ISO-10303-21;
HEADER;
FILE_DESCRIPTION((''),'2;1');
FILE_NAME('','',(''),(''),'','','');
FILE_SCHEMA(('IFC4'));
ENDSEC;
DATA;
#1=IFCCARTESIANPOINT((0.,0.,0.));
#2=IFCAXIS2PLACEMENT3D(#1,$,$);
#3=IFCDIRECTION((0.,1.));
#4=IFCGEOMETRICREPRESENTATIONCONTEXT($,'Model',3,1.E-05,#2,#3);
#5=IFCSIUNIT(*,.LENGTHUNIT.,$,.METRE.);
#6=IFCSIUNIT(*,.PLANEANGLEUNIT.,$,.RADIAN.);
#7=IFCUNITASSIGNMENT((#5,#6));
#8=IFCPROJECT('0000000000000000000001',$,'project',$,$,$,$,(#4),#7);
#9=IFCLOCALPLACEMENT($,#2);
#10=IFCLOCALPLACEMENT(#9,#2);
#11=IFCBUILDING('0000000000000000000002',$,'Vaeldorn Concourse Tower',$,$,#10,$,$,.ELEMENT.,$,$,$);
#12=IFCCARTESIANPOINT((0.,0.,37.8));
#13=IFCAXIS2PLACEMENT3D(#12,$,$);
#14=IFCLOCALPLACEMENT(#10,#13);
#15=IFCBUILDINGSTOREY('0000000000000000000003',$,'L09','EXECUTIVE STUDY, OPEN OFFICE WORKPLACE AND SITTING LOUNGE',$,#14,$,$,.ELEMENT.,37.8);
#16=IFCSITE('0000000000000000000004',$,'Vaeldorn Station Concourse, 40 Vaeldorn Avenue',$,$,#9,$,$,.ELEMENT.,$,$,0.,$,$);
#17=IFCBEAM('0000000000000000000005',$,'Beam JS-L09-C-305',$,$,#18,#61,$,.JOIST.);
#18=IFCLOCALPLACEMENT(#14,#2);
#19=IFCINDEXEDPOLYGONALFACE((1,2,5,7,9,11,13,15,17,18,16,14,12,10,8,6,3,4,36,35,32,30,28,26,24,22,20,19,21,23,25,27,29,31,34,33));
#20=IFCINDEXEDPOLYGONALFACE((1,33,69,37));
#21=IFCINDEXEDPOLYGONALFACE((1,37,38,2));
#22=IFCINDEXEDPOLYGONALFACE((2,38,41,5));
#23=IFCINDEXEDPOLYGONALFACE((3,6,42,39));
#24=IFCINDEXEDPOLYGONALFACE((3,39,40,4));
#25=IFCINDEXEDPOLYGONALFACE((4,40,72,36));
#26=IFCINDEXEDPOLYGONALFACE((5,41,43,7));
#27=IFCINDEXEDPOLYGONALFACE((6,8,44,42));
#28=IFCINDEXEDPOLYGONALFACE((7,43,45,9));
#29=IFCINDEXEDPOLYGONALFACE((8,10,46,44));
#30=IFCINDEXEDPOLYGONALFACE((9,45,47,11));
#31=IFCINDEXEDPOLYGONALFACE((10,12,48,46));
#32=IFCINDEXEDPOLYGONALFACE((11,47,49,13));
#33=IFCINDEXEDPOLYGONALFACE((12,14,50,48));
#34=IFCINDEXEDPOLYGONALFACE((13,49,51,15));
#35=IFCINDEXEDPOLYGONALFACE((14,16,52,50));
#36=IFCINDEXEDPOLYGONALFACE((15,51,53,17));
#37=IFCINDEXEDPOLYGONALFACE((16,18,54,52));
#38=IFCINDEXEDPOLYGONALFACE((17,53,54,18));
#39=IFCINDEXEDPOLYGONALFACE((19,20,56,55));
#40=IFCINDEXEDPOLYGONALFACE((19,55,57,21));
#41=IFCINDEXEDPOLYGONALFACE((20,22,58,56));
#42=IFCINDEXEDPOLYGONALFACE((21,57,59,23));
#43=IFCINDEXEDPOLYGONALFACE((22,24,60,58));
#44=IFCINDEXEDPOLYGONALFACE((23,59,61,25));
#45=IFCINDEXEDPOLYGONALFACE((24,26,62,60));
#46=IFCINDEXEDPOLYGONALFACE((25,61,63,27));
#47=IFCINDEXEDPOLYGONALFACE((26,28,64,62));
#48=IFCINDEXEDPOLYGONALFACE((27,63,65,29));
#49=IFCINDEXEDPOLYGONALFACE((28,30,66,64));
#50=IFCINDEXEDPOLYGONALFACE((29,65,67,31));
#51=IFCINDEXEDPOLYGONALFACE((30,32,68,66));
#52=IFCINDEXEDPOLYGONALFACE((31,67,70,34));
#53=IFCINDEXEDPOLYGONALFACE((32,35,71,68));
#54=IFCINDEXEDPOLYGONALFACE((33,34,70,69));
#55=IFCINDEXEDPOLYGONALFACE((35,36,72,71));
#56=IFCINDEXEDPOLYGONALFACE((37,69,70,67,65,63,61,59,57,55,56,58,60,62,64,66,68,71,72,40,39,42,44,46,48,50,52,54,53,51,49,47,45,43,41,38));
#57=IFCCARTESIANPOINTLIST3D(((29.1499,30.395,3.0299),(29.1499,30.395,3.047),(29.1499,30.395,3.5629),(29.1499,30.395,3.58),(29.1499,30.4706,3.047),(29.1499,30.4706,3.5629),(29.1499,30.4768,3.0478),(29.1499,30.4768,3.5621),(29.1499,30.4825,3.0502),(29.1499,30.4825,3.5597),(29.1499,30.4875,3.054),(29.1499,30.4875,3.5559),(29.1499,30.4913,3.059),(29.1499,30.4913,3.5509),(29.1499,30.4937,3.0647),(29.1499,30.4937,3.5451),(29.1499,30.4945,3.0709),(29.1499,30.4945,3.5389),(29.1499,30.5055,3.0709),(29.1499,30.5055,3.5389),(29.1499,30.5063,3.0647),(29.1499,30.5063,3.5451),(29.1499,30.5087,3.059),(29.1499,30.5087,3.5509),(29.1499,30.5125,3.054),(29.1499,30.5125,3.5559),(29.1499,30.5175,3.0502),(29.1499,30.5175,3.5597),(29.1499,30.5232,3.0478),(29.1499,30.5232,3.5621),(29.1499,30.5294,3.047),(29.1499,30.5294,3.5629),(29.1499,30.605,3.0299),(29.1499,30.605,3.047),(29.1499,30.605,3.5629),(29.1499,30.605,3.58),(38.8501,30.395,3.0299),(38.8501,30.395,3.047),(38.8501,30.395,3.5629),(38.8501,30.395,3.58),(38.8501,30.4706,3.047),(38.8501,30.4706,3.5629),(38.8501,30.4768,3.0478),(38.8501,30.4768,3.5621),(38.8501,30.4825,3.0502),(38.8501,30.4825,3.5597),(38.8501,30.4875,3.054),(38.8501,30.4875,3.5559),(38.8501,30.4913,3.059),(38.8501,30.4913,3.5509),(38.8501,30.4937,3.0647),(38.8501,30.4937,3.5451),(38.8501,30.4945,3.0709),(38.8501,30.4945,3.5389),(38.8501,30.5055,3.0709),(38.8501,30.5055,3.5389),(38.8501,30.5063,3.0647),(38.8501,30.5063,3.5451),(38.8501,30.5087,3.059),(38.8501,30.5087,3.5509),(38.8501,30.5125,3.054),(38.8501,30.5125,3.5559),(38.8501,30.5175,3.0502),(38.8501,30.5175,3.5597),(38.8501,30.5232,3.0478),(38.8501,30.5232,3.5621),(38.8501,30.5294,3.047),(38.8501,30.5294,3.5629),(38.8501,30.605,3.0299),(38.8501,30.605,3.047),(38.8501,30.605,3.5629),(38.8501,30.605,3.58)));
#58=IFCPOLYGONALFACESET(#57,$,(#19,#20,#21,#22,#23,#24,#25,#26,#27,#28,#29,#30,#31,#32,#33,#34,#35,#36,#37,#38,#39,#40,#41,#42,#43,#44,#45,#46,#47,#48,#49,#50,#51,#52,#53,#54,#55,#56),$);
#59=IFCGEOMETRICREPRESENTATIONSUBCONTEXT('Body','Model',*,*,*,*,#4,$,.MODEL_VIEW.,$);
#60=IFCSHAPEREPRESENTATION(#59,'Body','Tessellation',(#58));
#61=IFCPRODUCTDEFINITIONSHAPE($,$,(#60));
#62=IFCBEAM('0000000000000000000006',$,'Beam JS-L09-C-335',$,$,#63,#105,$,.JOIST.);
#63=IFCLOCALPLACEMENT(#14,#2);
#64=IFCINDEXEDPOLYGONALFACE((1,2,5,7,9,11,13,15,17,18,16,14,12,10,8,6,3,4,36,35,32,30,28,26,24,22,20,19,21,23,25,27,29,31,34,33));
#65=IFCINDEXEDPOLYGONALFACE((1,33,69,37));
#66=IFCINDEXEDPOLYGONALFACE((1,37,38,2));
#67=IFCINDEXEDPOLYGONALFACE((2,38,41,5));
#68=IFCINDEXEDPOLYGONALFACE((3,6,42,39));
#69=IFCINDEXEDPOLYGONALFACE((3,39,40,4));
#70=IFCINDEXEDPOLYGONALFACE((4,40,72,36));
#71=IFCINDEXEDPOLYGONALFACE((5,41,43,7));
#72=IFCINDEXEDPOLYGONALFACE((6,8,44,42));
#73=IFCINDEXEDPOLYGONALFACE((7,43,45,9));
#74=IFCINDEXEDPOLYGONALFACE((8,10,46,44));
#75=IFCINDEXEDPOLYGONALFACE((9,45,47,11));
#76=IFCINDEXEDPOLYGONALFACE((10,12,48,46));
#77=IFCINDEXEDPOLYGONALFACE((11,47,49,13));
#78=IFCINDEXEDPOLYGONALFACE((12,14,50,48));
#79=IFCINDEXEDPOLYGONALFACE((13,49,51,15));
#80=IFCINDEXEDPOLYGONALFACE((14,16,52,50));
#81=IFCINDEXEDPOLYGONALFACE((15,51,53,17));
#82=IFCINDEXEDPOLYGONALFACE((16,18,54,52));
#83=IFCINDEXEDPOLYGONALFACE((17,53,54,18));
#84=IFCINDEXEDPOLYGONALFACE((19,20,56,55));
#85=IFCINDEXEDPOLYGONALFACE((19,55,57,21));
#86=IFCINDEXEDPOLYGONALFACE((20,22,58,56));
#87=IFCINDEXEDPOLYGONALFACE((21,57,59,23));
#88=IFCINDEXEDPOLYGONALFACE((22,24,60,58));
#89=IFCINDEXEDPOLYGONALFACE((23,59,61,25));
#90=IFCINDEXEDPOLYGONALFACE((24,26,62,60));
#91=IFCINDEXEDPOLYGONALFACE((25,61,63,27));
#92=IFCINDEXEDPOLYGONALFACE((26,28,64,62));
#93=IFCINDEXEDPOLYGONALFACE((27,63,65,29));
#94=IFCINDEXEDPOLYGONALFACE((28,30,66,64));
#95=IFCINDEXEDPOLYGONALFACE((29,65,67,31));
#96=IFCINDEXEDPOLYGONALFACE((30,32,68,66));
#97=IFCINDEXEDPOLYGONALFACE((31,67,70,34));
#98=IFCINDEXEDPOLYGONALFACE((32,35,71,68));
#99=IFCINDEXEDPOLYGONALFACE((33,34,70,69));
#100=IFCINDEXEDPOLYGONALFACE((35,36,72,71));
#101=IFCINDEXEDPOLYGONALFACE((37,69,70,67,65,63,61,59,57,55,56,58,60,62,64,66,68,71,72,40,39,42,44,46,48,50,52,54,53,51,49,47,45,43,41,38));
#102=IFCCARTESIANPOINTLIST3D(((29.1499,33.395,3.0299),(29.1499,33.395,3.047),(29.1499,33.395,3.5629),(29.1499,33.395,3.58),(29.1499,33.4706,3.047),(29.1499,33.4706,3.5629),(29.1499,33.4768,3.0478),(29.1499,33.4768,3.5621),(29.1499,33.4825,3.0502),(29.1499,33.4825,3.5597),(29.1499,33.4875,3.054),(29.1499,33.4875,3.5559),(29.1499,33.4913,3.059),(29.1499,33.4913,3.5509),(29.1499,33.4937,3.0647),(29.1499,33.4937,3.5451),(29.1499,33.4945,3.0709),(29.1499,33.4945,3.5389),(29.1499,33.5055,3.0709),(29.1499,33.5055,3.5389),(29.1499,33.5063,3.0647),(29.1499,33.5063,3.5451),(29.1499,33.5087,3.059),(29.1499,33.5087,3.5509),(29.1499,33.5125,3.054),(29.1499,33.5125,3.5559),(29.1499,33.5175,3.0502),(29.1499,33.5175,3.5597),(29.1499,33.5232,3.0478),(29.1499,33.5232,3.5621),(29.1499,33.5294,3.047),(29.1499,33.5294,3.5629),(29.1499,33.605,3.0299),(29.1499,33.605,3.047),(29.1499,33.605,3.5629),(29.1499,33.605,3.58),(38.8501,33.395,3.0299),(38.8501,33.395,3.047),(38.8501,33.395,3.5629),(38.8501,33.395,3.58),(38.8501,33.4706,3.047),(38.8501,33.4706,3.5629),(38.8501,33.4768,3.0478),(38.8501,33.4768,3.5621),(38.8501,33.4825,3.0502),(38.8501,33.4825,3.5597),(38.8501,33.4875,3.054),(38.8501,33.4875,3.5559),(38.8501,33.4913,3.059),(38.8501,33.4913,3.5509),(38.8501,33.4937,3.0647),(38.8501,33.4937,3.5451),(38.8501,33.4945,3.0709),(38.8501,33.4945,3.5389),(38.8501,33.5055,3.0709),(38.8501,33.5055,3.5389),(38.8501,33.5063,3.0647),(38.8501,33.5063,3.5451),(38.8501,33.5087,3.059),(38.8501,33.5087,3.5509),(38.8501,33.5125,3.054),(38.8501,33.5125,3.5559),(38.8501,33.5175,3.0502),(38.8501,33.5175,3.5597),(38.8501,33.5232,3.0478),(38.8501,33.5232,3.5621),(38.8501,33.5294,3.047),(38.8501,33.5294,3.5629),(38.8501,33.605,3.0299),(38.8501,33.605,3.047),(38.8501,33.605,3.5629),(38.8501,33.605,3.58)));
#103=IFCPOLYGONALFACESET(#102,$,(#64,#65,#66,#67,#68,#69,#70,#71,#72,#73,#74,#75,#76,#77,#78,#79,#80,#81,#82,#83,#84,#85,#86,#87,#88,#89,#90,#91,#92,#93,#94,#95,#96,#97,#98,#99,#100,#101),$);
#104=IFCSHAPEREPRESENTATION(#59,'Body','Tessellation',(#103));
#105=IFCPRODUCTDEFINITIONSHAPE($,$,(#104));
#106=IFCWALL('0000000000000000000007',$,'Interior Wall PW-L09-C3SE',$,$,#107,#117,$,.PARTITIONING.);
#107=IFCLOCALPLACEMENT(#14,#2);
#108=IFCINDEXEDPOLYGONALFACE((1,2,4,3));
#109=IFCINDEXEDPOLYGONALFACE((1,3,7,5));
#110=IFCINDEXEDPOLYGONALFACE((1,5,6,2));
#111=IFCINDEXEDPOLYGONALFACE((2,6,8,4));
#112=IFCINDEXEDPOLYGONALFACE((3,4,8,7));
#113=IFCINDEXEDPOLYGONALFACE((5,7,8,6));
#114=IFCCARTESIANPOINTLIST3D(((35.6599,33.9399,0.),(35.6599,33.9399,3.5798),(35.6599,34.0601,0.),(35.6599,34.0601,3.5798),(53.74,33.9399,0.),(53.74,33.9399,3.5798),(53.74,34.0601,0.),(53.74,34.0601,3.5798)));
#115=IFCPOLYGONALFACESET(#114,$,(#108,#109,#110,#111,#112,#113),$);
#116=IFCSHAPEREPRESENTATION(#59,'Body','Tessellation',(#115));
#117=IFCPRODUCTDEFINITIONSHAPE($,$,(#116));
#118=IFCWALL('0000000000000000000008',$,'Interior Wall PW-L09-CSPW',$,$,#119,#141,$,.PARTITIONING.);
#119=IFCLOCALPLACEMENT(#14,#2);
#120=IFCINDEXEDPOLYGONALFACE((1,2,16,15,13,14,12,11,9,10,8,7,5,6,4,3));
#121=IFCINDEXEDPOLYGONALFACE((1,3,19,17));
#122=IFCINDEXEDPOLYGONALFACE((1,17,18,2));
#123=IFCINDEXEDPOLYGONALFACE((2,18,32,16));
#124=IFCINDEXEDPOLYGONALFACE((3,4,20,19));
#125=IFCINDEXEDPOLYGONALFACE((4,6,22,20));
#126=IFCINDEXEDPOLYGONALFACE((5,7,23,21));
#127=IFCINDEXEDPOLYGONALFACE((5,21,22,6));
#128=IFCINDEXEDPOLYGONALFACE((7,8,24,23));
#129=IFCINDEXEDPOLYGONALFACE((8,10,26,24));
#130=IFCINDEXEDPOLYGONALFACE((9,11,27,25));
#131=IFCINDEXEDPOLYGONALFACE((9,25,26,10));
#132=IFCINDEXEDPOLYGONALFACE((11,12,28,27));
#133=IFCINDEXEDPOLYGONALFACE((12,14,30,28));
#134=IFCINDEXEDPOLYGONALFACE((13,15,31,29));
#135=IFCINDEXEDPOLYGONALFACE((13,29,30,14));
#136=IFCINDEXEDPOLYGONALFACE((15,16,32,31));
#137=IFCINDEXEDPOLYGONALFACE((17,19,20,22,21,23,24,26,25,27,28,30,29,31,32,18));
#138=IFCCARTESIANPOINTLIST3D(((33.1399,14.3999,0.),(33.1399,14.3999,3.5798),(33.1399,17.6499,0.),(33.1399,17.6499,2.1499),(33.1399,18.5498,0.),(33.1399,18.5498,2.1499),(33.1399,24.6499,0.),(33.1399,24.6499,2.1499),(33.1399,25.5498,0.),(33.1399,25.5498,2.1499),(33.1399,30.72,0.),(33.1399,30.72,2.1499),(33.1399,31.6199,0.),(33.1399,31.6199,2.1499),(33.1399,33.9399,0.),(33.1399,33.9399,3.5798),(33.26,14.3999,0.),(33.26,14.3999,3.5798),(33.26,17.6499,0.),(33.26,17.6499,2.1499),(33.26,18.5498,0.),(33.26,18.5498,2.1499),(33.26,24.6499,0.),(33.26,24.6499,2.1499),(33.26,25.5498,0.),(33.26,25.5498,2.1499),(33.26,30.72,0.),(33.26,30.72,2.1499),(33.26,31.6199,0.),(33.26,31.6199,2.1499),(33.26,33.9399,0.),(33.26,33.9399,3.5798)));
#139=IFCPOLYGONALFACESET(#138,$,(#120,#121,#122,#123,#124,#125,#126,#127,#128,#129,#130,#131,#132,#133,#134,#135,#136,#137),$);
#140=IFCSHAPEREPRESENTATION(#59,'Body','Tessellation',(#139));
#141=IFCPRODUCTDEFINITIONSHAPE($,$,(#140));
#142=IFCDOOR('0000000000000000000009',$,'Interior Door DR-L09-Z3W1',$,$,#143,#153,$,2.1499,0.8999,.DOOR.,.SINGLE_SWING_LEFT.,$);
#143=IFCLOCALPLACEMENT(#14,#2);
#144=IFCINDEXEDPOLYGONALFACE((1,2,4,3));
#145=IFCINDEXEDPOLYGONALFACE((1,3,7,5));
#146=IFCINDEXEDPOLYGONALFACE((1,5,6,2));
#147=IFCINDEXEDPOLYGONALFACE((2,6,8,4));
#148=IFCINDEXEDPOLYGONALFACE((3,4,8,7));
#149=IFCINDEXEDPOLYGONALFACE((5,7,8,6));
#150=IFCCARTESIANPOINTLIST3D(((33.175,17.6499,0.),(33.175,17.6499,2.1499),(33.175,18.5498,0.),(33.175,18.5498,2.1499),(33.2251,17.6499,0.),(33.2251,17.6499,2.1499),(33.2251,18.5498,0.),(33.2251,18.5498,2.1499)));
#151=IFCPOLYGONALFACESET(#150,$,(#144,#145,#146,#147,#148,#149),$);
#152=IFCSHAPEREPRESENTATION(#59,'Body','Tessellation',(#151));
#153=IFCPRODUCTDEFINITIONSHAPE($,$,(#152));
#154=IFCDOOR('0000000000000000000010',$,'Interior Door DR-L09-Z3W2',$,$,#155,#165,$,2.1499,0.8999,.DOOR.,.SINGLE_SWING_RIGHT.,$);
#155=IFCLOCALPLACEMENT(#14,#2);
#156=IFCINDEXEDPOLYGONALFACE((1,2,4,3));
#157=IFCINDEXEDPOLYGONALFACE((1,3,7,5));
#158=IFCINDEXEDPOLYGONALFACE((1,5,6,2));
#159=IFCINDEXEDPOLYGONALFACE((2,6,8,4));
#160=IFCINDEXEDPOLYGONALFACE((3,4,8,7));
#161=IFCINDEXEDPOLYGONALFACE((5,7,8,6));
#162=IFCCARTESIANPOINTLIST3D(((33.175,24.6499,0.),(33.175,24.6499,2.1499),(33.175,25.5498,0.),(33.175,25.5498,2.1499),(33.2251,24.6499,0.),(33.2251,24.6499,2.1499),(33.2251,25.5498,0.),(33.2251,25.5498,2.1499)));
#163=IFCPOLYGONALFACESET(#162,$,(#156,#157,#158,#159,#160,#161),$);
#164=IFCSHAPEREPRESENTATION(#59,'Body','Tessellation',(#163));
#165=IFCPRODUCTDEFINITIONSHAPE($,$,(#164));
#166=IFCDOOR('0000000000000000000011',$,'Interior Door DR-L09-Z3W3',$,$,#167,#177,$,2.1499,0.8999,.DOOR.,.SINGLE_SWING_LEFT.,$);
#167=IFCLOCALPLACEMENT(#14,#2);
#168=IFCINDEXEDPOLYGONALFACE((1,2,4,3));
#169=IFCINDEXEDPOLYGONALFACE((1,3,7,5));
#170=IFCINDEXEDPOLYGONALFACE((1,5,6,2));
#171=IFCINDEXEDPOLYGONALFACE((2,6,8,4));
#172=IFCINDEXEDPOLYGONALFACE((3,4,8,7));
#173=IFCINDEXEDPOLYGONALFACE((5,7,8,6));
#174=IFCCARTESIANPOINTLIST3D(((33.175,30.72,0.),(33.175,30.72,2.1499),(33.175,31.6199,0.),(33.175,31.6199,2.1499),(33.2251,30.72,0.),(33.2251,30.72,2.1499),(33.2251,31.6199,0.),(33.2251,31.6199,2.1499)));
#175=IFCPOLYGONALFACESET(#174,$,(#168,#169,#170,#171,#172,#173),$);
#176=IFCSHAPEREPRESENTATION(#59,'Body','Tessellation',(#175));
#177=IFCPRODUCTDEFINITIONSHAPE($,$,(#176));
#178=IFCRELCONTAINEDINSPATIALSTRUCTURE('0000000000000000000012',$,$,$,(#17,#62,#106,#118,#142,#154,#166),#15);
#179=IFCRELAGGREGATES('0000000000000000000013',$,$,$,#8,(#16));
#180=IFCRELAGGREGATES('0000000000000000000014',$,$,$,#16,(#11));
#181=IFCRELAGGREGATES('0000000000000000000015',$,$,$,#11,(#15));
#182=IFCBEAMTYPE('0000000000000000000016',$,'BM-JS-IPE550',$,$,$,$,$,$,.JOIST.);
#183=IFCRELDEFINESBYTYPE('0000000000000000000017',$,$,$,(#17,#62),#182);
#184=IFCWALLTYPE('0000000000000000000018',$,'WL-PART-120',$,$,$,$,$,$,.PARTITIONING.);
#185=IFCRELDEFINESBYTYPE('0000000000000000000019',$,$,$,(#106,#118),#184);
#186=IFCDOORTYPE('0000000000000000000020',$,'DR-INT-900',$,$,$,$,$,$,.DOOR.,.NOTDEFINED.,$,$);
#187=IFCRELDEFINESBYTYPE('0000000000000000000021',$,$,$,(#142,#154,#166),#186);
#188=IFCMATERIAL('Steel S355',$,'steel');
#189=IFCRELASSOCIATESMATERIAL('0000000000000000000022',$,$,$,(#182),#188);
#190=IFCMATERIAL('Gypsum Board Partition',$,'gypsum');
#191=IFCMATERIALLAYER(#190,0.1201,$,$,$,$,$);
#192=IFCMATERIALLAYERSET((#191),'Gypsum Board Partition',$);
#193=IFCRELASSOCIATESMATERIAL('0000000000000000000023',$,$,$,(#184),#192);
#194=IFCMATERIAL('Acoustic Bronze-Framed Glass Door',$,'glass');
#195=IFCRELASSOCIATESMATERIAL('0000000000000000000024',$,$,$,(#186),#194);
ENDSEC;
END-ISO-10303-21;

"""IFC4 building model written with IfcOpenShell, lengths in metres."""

from ifc_helpers import new_model, si_unit, direction, frame, frame_2d, origin, origin_2d, place, context, subcontext, project, spatial, rectangle, i_section, extrude, source, transform, mapped, material, layer, layer_set, material_profile, profile_set, type_object, element, fill, save


model = new_model("IFC4")

# Units and contexts
model_context = context("Model", 3, precision=1e-05, world=origin(), true_north=direction((0.0, 1.0)))
body_context = subcontext(model_context, "Body", "Model", "MODEL_VIEW")
ifc_project = project(units=[si_unit("LENGTHUNIT", "METRE"), si_unit("PLANEANGLEUNIT", "RADIAN")], contexts=[model_context])

# Site, building, storey
site_placement = place(None, origin())
site = spatial("IfcSite", under=ifc_project, at=site_placement, Name="Vaeldorn Station Concourse, 40 Vaeldorn Avenue", CompositionType="ELEMENT", RefElevation=0.0)
building_placement = place(site_placement, origin())
building = spatial("IfcBuilding", under=site, at=building_placement, Name="Vaeldorn Concourse Tower", CompositionType="ELEMENT")
storey_placement = place(building_placement, frame((0.0, 0.0, 37.8)))
storey = spatial("IfcBuildingStorey", under=building, at=storey_placement, Name="L09", Description="EXECUTIVE STUDY, OPEN OFFICE WORKPLACE AND SITTING LOUNGE", CompositionType="ELEMENT", Elevation=37.8)

# Beams
ifc_material_1 = material(Name="Steel S355", Category="steel")
ifc_material_profile_1 = material_profile(ifc_material_1, i_section(OverallWidth=0.21, OverallDepth=0.55, WebThickness=0.011, FlangeThickness=0.0171, FilletRadius=0.0239, at=origin_2d()), Name="IPE 550")
ifc_profile_set_1 = profile_set([ifc_material_profile_1], Name="Steel S355")
beam_type_1 = type_object("IfcBeamType", Name="BM-JS-IPE550", PredefinedType="JOIST", material=ifc_profile_set_1)
shared_shape_1 = source(origin(), body_context, "Body", "SweptSolid", [
    extrude(i_section(OverallWidth=0.21, OverallDepth=0.55, WebThickness=0.011, FlangeThickness=0.0171, FilletRadius=0.0239, at=origin_2d()), origin(), (0.0, 0.0, 1.0), 9.7002),
])
for number, where, z_axis, x_axis, name in (
    (1, (29.1499, 30.5, 3.3049), (1.0, 0.0, 0.0), (0.0, 1.0, 0.0), "Beam JS-L09-C-305"),
    (2, (29.1499, 33.5, 3.3049), (1.0, 0.0, 0.0), (0.0, 1.0, 0.0), "Beam JS-L09-C-335"),
):
    element("IfcBeam", number, at=place(storey_placement, frame(where, z_axis=z_axis, x_axis=x_axis)), inside=storey, type_object=beam_type_1, Name=name, PredefinedType="JOIST", context=body_context, shape_type="MappedRepresentation", body=[
        mapped(shared_shape_1, transform((0.0, 0.0, 0.0), scale=1.0)),
    ])

# Wall
ifc_material_2 = material(Name="Gypsum Board Partition", Category="gypsum")
ifc_layer = layer(ifc_material_2, 0.1201)
ifc_layer_set = layer_set([ifc_layer], Name="Gypsum Board Partition")
wall_type = type_object("IfcWallType", Name="WL-PART-120", PredefinedType="PARTITIONING", material=ifc_layer_set)
wall_1_placement = place(storey_placement, frame((35.6599, 34.0, 0.0), z_axis=(0.0, 0.0, 1.0), x_axis=(1.0, 0.0, 0.0)))
element("IfcWall", 3, at=wall_1_placement, inside=storey, type_object=wall_type, Name="Interior Wall PW-L09-C3SE", PredefinedType="PARTITIONING", context=body_context, shape_type="SweptSolid", body=[
    extrude(rectangle(XDim=18.0801, YDim=0.1201, at=frame_2d((9.04, 0.0))), origin(), (0.0, 0.0, 1.0), 3.5798),
])

# Wall, openings, doors
wall_2_placement = place(storey_placement, frame((33.2, 14.3999, 0.0), z_axis=(0.0, 0.0, 1.0), x_axis=(0.0, 1.0, 0.0)))
wall_2 = element("IfcWall", 4, at=wall_2_placement, inside=storey, type_object=wall_type, Name="Interior Wall PW-L09-CSPW", PredefinedType="PARTITIONING", context=body_context, shape_type="SweptSolid", body=[
    extrude(rectangle(XDim=19.54, YDim=0.1201, at=frame_2d((9.77, 0.0))), origin(), (0.0, 0.0, 1.0), 3.5798),
])
opening_1_placement = place(wall_2_placement, frame((3.25, 0.0, 0.0)))
opening_1 = element("IfcOpeningElement", 5, at=opening_1_placement, cuts=wall_2, PredefinedType="OPENING", context=body_context, shape_type="SweptSolid", body=[
    extrude(rectangle(XDim=0.8999, YDim=2.1499, at=frame_2d((0.45, 1.075))), frame((0.0, 0.0701, 0.0), z_axis=(0.0, -1.0, 0.0), x_axis=(1.0, 0.0, 0.0)), (0.0, 0.0, 1.0), 0.1401),
])
opening_2_placement = place(wall_2_placement, frame((10.25, 0.0, 0.0)))
opening_2 = element("IfcOpeningElement", 6, at=opening_2_placement, cuts=wall_2, PredefinedType="OPENING", context=body_context, shape_type="SweptSolid", body=[
    extrude(rectangle(XDim=0.8999, YDim=2.1499, at=frame_2d((0.45, 1.075))), frame((0.0, 0.0701, 0.0), z_axis=(0.0, -1.0, 0.0), x_axis=(1.0, 0.0, 0.0)), (0.0, 0.0, 1.0), 0.1401),
])
opening_3_placement = place(wall_2_placement, frame((16.3201, 0.0, 0.0)))
opening_3 = element("IfcOpeningElement", 7, at=opening_3_placement, cuts=wall_2, PredefinedType="OPENING", context=body_context, shape_type="SweptSolid", body=[
    extrude(rectangle(XDim=0.8999, YDim=2.1499, at=frame_2d((0.45, 1.075))), frame((0.0, 0.0701, 0.0), z_axis=(0.0, -1.0, 0.0), x_axis=(1.0, 0.0, 0.0)), (0.0, 0.0, 1.0), 0.1401),
])
ifc_material_3 = material(Name="Acoustic Bronze-Framed Glass Door", Category="glass")
door_type = type_object("IfcDoorType", Name="DR-INT-900", OperationType="NOTDEFINED", PredefinedType="DOOR", material=ifc_material_3)
shared_shape_2 = source(origin(), body_context, "Body", "SweptSolid", [
    extrude(rectangle(XDim=0.8999, YDim=2.1499, at=frame_2d((0.45, 1.075))), frame((0.0, 0.0249, 0.0), z_axis=(0.0, -1.0, 0.0), x_axis=(1.0, 0.0, 0.0)), (0.0, 0.0, 1.0), 0.05),
])
door_1_placement = place(opening_1_placement, origin())
door_1 = element("IfcDoor", 8, at=door_1_placement, inside=storey, type_object=door_type, Name="Interior Door DR-L09-Z3W1", OperationType="SINGLE_SWING_LEFT", OverallHeight=2.1499, OverallWidth=0.8999, PredefinedType="DOOR", context=body_context, shape_type="MappedRepresentation", body=[
    mapped(shared_shape_2, transform((0.0, 0.0, 0.0), scale=1.0)),
])
fill(opening_1, door_1)
door_2_placement = place(opening_2_placement, origin())
door_2 = element("IfcDoor", 9, at=door_2_placement, inside=storey, type_object=door_type, Name="Interior Door DR-L09-Z3W2", OperationType="SINGLE_SWING_RIGHT", OverallHeight=2.1499, OverallWidth=0.8999, PredefinedType="DOOR", context=body_context, shape_type="MappedRepresentation", body=[
    mapped(shared_shape_2, transform((0.0, 0.0, 0.0), scale=1.0)),
])
fill(opening_2, door_2)
door_3_placement = place(opening_3_placement, origin())
door_3 = element("IfcDoor", 10, at=door_3_placement, inside=storey, type_object=door_type, Name="Interior Door DR-L09-Z3W3", OperationType="SINGLE_SWING_LEFT", OverallHeight=2.1499, OverallWidth=0.8999, PredefinedType="DOOR", context=body_context, shape_type="MappedRepresentation", body=[
    mapped(shared_shape_2, transform((0.0, 0.0, 0.0), scale=1.0)),
])
fill(opening_3, door_3)

save(model, "model.ifc")
